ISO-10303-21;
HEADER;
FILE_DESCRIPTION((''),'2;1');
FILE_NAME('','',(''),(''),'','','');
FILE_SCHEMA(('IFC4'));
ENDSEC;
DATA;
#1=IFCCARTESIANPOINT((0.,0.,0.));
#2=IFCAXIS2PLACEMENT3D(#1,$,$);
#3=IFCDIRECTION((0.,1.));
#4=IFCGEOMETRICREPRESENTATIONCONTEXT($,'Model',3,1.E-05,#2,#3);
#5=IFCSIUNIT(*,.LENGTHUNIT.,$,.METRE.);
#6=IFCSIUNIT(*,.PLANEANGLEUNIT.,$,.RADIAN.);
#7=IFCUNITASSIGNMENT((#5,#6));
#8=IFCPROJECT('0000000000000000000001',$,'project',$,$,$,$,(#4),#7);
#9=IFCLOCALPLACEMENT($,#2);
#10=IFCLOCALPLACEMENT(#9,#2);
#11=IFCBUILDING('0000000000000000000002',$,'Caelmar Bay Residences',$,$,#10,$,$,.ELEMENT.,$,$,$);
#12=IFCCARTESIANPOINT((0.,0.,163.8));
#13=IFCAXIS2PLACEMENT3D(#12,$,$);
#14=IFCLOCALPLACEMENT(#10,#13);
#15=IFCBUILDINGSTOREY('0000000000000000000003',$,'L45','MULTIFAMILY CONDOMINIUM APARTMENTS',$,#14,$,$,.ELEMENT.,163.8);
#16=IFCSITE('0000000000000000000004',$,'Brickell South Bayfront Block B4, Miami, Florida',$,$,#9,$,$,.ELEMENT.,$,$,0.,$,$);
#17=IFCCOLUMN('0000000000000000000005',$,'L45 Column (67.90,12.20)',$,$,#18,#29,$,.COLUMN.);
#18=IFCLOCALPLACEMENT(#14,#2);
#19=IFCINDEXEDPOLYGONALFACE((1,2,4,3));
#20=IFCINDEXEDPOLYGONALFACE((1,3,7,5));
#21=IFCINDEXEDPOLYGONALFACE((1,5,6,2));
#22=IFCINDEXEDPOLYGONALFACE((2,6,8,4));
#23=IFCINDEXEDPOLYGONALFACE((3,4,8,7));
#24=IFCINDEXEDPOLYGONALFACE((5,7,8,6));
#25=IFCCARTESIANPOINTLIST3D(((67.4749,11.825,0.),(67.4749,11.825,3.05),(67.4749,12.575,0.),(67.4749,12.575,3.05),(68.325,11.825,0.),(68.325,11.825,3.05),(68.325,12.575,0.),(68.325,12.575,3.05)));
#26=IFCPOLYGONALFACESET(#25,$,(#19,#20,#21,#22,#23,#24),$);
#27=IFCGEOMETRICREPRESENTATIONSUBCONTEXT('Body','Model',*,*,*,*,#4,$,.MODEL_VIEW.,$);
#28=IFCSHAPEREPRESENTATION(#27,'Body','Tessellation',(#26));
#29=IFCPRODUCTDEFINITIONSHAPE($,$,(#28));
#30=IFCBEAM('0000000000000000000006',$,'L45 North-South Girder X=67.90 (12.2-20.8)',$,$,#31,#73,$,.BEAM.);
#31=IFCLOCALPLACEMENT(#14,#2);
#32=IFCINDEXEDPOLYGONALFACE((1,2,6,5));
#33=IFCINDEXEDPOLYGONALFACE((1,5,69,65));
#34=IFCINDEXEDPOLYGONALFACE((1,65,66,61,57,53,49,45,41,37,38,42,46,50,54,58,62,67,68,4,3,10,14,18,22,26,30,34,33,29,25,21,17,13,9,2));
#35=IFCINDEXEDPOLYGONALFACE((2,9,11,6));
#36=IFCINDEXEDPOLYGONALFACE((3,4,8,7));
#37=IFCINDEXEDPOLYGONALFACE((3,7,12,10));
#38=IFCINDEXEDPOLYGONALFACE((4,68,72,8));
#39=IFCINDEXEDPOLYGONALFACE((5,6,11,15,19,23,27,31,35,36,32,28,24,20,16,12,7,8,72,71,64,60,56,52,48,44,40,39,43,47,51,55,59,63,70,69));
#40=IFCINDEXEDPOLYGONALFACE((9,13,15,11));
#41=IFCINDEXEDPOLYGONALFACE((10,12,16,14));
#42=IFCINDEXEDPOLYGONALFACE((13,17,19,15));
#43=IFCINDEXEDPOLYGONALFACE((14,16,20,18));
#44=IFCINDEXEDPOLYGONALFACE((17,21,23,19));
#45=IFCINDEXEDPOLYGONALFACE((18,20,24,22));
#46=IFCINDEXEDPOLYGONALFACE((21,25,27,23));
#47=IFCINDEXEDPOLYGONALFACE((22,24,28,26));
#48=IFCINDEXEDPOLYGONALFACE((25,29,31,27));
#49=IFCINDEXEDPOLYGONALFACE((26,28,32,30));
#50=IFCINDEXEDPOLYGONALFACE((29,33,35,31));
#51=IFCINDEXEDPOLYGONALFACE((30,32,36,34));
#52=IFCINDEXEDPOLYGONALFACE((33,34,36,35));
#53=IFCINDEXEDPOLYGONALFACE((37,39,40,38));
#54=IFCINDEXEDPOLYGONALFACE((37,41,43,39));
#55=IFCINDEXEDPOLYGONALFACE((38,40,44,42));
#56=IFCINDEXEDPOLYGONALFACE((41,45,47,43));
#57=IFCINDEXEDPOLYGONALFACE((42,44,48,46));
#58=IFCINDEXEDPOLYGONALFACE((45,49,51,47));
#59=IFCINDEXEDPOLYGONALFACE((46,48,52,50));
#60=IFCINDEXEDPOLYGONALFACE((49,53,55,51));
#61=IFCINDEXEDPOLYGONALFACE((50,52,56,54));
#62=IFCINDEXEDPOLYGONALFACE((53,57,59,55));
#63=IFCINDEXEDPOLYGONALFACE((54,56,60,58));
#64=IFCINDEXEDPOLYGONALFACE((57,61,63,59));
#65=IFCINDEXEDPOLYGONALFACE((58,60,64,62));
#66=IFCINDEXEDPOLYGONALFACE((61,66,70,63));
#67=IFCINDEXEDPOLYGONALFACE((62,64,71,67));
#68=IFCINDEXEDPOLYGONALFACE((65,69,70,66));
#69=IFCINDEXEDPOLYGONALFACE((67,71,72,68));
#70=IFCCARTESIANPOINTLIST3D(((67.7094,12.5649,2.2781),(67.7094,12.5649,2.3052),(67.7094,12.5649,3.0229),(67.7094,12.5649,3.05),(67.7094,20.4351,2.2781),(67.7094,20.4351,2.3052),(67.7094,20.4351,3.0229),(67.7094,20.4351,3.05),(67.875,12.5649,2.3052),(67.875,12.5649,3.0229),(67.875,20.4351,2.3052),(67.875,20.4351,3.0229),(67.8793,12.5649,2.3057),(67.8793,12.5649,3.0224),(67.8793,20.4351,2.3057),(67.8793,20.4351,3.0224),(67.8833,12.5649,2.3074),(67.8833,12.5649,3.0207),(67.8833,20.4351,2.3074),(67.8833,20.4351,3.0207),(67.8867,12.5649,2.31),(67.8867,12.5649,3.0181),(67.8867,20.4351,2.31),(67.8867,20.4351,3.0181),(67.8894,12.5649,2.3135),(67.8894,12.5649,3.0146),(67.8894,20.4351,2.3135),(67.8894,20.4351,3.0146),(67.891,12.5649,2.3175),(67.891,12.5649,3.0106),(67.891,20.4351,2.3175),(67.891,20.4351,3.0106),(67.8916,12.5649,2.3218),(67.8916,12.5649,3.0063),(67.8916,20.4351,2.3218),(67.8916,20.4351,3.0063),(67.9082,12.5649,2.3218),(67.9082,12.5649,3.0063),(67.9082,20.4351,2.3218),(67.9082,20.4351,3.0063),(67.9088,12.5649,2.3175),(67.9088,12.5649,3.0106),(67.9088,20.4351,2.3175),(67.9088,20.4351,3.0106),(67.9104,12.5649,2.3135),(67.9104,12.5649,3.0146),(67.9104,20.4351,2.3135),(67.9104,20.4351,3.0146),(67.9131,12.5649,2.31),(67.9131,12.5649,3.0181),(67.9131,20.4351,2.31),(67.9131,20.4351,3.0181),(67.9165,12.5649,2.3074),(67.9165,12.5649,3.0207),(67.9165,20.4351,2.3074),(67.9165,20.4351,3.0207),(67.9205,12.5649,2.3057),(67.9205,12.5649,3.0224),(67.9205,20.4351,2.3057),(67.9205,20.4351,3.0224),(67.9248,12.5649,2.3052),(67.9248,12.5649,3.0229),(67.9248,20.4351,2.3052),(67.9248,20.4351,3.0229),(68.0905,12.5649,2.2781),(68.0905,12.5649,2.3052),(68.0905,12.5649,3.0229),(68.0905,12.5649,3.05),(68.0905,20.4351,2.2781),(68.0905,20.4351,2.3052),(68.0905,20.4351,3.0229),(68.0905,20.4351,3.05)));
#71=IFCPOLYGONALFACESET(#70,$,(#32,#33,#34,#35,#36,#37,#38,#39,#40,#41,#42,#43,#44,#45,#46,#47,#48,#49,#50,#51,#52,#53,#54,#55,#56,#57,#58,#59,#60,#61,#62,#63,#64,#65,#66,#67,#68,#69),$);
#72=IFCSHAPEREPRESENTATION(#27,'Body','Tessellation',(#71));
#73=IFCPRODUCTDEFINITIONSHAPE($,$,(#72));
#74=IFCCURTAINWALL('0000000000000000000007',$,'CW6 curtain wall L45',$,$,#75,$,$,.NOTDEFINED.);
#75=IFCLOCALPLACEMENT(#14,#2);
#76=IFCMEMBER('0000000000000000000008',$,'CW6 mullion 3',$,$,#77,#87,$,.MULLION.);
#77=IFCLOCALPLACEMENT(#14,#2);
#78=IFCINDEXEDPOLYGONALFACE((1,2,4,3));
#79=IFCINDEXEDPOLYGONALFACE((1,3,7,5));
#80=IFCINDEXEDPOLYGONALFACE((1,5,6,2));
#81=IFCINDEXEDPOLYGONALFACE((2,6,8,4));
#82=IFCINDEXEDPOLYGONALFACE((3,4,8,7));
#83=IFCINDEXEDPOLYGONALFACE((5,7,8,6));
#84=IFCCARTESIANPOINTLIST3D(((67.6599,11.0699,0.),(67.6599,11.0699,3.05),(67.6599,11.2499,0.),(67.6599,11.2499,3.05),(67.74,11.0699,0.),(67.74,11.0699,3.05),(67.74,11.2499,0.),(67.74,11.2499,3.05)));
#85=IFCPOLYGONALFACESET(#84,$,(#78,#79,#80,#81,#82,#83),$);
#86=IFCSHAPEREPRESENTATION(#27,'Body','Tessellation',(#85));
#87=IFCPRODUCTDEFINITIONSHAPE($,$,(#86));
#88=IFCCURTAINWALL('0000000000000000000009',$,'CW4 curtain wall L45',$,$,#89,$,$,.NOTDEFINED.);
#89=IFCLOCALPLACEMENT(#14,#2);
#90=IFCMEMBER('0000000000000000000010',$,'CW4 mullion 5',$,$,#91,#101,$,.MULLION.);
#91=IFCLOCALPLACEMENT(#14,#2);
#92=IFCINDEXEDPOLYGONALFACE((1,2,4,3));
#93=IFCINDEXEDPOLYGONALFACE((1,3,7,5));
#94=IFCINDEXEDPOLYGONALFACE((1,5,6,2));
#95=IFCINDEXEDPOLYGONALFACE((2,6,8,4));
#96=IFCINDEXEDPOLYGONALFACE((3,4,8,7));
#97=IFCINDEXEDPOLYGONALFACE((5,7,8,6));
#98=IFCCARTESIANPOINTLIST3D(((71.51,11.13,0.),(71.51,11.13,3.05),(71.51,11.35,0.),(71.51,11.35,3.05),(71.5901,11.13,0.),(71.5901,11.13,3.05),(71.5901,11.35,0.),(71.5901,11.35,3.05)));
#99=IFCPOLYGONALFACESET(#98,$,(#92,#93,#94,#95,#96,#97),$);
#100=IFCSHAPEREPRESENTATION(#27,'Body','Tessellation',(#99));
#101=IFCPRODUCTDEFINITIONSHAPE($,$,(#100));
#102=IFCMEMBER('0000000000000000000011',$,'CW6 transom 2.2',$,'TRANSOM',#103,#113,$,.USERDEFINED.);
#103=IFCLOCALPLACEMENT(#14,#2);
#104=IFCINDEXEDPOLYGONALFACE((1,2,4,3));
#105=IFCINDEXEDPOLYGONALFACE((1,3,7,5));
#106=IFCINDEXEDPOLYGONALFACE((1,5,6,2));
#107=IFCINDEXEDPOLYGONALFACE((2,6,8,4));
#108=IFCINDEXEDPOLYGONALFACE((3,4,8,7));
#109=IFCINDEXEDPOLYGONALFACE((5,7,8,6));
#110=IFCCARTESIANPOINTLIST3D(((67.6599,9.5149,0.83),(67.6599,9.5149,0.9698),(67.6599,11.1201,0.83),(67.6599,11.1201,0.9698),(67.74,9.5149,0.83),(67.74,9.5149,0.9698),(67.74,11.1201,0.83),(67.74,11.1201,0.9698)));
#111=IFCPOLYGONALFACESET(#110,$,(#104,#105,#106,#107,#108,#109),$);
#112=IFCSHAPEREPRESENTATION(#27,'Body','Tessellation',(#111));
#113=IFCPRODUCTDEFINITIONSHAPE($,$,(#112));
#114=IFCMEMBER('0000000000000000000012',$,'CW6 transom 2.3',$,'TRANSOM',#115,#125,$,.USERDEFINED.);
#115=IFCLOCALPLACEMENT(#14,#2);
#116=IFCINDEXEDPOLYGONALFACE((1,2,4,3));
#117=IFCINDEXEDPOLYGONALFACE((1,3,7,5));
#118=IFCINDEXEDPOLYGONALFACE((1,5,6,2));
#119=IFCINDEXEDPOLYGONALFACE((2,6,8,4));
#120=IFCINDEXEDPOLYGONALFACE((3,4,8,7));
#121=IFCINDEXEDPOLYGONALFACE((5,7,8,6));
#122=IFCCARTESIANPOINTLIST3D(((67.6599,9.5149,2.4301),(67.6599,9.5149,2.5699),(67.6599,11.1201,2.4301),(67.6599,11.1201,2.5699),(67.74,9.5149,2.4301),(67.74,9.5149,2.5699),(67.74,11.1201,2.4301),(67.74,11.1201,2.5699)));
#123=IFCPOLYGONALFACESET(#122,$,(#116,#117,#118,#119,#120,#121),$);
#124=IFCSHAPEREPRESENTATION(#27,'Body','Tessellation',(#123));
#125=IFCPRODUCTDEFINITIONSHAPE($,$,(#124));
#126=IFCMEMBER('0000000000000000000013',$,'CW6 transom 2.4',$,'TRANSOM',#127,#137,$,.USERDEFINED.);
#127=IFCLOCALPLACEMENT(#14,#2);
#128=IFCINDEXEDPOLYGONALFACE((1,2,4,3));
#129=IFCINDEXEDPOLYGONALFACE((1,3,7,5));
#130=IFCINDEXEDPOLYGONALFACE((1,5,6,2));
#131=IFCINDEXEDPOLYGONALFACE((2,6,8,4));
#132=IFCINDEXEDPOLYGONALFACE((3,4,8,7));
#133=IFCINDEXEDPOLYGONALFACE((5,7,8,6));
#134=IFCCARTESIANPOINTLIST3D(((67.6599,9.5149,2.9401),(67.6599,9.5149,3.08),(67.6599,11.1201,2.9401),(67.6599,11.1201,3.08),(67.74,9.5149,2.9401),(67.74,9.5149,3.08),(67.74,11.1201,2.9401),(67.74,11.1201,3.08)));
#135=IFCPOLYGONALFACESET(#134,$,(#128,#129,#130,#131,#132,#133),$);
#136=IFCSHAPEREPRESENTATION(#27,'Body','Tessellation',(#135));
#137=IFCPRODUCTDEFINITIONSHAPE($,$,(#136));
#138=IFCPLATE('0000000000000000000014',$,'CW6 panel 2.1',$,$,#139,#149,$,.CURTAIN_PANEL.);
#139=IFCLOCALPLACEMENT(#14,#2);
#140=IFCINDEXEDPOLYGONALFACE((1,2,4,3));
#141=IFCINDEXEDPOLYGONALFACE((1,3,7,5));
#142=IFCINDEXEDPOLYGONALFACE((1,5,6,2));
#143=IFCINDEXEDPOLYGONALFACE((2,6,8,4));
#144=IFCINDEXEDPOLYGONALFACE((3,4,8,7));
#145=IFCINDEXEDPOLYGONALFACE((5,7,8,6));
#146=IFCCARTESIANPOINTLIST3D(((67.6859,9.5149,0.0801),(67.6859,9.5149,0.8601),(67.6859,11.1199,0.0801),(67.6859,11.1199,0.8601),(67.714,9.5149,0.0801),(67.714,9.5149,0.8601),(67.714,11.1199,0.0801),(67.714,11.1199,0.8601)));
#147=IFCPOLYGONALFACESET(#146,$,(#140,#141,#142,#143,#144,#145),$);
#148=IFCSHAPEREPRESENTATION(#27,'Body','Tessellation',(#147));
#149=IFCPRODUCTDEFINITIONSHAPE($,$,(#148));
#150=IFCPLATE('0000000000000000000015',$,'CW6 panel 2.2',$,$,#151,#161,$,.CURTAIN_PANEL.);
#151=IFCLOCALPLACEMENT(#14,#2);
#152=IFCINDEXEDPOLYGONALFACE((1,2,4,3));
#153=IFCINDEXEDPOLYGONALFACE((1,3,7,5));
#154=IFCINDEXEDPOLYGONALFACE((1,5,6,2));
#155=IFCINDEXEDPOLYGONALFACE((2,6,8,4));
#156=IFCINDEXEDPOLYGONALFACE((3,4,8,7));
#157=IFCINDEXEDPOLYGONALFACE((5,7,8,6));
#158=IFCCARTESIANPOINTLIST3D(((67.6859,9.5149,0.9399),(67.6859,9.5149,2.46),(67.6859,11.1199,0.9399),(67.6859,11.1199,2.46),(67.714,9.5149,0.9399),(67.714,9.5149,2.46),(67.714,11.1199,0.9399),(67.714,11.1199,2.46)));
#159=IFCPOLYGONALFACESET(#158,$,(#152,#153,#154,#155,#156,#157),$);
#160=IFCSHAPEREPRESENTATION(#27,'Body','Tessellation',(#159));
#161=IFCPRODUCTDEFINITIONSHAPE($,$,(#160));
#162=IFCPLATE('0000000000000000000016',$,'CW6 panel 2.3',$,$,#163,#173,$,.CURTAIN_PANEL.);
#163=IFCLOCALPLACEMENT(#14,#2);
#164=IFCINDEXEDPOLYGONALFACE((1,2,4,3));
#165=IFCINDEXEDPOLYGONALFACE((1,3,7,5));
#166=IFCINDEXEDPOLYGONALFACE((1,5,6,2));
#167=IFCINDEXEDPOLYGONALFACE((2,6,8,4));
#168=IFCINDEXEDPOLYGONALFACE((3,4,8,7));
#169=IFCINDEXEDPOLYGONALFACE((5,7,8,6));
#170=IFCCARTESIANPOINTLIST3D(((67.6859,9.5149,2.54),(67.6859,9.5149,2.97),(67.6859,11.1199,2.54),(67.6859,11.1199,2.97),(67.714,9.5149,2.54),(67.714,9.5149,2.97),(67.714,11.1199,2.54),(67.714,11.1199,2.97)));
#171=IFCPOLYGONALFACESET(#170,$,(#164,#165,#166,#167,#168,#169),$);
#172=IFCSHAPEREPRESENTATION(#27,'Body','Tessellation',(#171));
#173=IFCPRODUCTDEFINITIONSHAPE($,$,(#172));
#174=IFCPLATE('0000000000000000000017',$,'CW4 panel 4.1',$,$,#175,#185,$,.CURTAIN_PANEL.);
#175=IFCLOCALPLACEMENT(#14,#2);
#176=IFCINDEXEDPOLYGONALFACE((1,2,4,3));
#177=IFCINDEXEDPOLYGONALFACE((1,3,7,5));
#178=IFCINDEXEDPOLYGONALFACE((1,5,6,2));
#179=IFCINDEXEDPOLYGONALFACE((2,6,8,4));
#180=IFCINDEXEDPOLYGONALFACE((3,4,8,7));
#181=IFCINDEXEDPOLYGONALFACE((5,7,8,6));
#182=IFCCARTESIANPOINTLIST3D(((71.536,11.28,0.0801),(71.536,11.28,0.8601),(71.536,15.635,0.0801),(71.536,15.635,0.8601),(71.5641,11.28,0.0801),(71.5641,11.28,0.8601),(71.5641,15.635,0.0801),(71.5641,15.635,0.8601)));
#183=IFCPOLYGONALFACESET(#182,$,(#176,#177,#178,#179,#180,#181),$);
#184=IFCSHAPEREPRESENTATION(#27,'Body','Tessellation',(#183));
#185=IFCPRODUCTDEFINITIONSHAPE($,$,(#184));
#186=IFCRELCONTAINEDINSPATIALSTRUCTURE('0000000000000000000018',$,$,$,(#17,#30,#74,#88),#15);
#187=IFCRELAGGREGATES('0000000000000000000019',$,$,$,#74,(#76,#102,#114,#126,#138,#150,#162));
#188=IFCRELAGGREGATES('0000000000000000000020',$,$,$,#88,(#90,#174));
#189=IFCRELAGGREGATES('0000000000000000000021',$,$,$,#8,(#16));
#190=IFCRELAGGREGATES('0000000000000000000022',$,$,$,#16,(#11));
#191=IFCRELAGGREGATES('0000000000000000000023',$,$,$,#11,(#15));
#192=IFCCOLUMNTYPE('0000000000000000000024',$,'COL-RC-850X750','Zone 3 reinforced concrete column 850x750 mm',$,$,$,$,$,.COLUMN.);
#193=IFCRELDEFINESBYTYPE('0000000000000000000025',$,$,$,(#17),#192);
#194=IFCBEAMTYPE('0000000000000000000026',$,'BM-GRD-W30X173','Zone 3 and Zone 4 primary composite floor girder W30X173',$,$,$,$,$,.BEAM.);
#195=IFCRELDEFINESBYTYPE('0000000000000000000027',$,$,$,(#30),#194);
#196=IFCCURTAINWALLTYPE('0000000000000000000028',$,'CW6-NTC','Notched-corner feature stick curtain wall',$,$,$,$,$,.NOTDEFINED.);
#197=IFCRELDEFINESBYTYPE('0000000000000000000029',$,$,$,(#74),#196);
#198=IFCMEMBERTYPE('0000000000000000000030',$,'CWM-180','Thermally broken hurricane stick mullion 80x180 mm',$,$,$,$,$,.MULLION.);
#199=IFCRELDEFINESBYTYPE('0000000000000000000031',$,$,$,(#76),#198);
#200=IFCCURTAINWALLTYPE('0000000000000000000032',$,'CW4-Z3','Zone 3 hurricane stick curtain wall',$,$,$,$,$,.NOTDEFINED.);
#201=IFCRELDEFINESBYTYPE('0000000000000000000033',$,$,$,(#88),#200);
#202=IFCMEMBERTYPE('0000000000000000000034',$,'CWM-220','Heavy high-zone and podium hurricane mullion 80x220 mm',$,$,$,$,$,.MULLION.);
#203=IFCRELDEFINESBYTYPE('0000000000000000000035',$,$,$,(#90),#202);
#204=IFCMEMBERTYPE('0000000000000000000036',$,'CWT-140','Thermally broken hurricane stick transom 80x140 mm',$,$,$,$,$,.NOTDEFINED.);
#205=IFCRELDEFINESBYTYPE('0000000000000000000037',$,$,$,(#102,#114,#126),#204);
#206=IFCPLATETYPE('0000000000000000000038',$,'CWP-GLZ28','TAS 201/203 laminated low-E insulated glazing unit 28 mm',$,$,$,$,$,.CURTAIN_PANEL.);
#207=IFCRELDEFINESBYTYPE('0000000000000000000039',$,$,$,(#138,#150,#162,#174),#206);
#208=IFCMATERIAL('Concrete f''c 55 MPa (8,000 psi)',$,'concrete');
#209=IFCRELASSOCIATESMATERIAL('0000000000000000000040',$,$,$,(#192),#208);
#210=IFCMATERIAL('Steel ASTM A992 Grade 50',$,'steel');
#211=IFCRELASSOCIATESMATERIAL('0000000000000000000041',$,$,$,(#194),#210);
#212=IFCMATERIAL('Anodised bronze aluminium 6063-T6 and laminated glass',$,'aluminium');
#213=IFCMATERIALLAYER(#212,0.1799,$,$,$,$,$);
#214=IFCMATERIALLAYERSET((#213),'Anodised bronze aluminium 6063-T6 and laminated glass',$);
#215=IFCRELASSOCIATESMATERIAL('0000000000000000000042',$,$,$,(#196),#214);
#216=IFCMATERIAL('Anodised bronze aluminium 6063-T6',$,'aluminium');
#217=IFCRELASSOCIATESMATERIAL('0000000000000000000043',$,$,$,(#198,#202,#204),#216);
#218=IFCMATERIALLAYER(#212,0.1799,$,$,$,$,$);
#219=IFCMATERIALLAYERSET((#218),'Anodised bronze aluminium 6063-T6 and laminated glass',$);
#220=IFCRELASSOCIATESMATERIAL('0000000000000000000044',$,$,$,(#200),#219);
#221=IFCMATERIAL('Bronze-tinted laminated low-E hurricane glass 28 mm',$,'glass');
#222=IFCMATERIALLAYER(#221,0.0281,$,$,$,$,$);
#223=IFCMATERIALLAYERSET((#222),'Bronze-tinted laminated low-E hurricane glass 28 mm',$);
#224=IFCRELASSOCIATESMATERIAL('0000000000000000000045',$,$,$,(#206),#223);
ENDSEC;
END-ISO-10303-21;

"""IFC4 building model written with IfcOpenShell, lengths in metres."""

from ifc_helpers import new_model, si_unit, direction, frame, origin, origin_2d, place, context, subcontext, project, spatial, rectangle, i_section, extrude, material, layer, layer_set, material_profile, profile_set, type_object, element, aggregate, save


model = new_model("IFC4")

# Units and contexts
model_context = context("Model", 3, precision=1e-05, world=origin(), true_north=direction((0.0, 1.0)))
body_context = subcontext(model_context, "Body", "Model", "MODEL_VIEW")
ifc_project = project(units=[si_unit("LENGTHUNIT", "METRE"), si_unit("PLANEANGLEUNIT", "RADIAN")], contexts=[model_context])

# Site, building, storey
site_placement = place(None, origin())
site = spatial("IfcSite", under=ifc_project, at=site_placement, Name="Brickell South Bayfront Block B4, Miami, Florida", CompositionType="ELEMENT", RefElevation=0.0)
building_placement = place(site_placement, origin())
building = spatial("IfcBuilding", under=site, at=building_placement, Name="Caelmar Bay Residences", CompositionType="ELEMENT")
storey_placement = place(building_placement, frame((0.0, 0.0, 163.8)))
storey = spatial("IfcBuildingStorey", under=building, at=storey_placement, Name="L45", Description="MULTIFAMILY CONDOMINIUM APARTMENTS", CompositionType="ELEMENT", Elevation=163.8)

# Column
ifc_material_1 = material(Name="Concrete f'c 55 MPa (8,000 psi)", Category="concrete")
ifc_material_profile_1 = material_profile(ifc_material_1, rectangle(XDim=0.8501, YDim=0.75, at=origin_2d()), Name="RC-COL-850X750")
ifc_profile_set_1 = profile_set([ifc_material_profile_1], Name="Concrete f'c 55 MPa (8,000 psi)")
column_type = type_object("IfcColumnType", Name="COL-RC-850X750", Description="Zone 3 reinforced concrete column 850x750 mm", PredefinedType="COLUMN", material=ifc_profile_set_1)
column_placement = place(storey_placement, frame((67.8999, 12.2, 0.0), z_axis=(0.0, 0.0, 1.0), x_axis=(1.0, 0.0, 0.0)))
element("IfcColumn", 1, at=column_placement, inside=storey, type_object=column_type, Name="L45 Column (67.90,12.20)", PredefinedType="COLUMN", context=body_context, shape_type="SweptSolid", body=[
    extrude(rectangle(XDim=0.8501, YDim=0.75, at=origin_2d()), origin(), (0.0, 0.0, 1.0), 3.05),
])

# Beam
ifc_material_2 = material(Name="Steel ASTM A992 Grade 50", Category="steel")
ifc_material_profile_2 = material_profile(ifc_material_2, i_section(OverallWidth=0.3811, OverallDepth=0.772, WebThickness=0.0166, FlangeThickness=0.0271, FilletRadius=0.0166, at=origin_2d()), Name="W30X173")
ifc_profile_set_2 = profile_set([ifc_material_profile_2], Name="Steel ASTM A992 Grade 50")
beam_type = type_object("IfcBeamType", Name="BM-GRD-W30X173", Description="Zone 3 and Zone 4 primary composite floor girder W30X173", PredefinedType="BEAM", material=ifc_profile_set_2)
beam_placement = place(storey_placement, frame((67.8999, 12.5649, 2.6641), z_axis=(0.0, 1.0, 0.0), x_axis=(-1.0, 0.0, 0.0)))
element("IfcBeam", 2, at=beam_placement, inside=storey, type_object=beam_type, Name="L45 North-South Girder X=67.90 (12.2-20.8)", PredefinedType="BEAM", context=body_context, shape_type="SweptSolid", body=[
    extrude(i_section(OverallWidth=0.3811, OverallDepth=0.772, WebThickness=0.0166, FlangeThickness=0.0271, FilletRadius=0.0166, at=origin_2d()), origin(), (0.0, 0.0, 1.0), 7.8701),
])

# Curtain walls, members
ifc_material_3 = material(Name="Anodised bronze aluminium 6063-T6 and laminated glass", Category="aluminium")
ifc_layer_1 = layer(ifc_material_3, 0.1799)
ifc_layer_set_1 = layer_set([ifc_layer_1], Name="Anodised bronze aluminium 6063-T6 and laminated glass")
curtain_wall_type_1 = type_object("IfcCurtainWallType", Name="CW6-NTC", Description="Notched-corner feature stick curtain wall", PredefinedType="NOTDEFINED", material=ifc_layer_set_1)
curtain_wall_1_placement = place(storey_placement, origin())
curtain_wall_1 = element("IfcCurtainWall", 3, at=curtain_wall_1_placement, inside=storey, type_object=curtain_wall_type_1, Name="CW6 curtain wall L45", PredefinedType="NOTDEFINED")
ifc_material_4 = material(Name="Anodised bronze aluminium 6063-T6", Category="aluminium")
ifc_material_profile_3 = material_profile(ifc_material_4, rectangle(XDim=0.0801, YDim=0.1799, at=origin_2d()), Name="CWM-80X180")
ifc_profile_set_3 = profile_set([ifc_material_profile_3], Name="Anodised bronze aluminium 6063-T6")
member_type_1 = type_object("IfcMemberType", Name="CWM-180", Description="Thermally broken hurricane stick mullion 80x180 mm", PredefinedType="MULLION", material=ifc_profile_set_3)
member_1_placement = place(storey_placement, frame((67.7, 11.1599, 0.0), z_axis=(0.0, 0.0, 1.0), x_axis=(-1.0, 0.0, 0.0)))
member_1 = element("IfcMember", 4, at=member_1_placement, type_object=member_type_1, Name="CW6 mullion 3", PredefinedType="MULLION", context=body_context, shape_type="SweptSolid", body=[
    extrude(rectangle(XDim=0.0801, YDim=0.1799, at=origin_2d()), origin(), (0.0, 0.0, 1.0), 3.05),
])
ifc_layer_2 = layer(ifc_material_3, 0.1799)
ifc_layer_set_2 = layer_set([ifc_layer_2], Name="Anodised bronze aluminium 6063-T6 and laminated glass")
curtain_wall_type_2 = type_object("IfcCurtainWallType", Name="CW4-Z3", Description="Zone 3 hurricane stick curtain wall", PredefinedType="NOTDEFINED", material=ifc_layer_set_2)
curtain_wall_2_placement = place(storey_placement, origin())
curtain_wall_2 = element("IfcCurtainWall", 5, at=curtain_wall_2_placement, inside=storey, type_object=curtain_wall_type_2, Name="CW4 curtain wall L45", PredefinedType="NOTDEFINED")
ifc_material_profile_4 = material_profile(ifc_material_4, rectangle(XDim=0.0801, YDim=0.22, at=origin_2d()), Name="CWM-80X220")
ifc_profile_set_4 = profile_set([ifc_material_profile_4], Name="Anodised bronze aluminium 6063-T6")
member_type_2 = type_object("IfcMemberType", Name="CWM-220", Description="Heavy high-zone and podium hurricane mullion 80x220 mm", PredefinedType="MULLION", material=ifc_profile_set_4)
member_2_placement = place(storey_placement, frame((71.55, 11.24, 0.0), z_axis=(0.0, 0.0, 1.0), x_axis=(1.0, 0.0, 0.0)))
member_2 = element("IfcMember", 6, at=member_2_placement, type_object=member_type_2, Name="CW4 mullion 5", PredefinedType="MULLION", context=body_context, shape_type="SweptSolid", body=[
    extrude(rectangle(XDim=0.0801, YDim=0.22, at=origin_2d()), origin(), (0.0, 0.0, 1.0), 3.05),
])

# Members
ifc_material_profile_5 = material_profile(ifc_material_4, rectangle(XDim=0.0801, YDim=0.1399, at=origin_2d()), Name="CWT-80X140")
ifc_profile_set_5 = profile_set([ifc_material_profile_5], Name="Anodised bronze aluminium 6063-T6")
member_type_3 = type_object("IfcMemberType", Name="CWT-140", Description="Thermally broken hurricane stick transom 80x140 mm", PredefinedType="NOTDEFINED", material=ifc_profile_set_5)
member_3_placement = place(storey_placement, frame((67.7, 9.5149, 0.8999), z_axis=(0.0, 1.0, 0.0), x_axis=(-1.0, 0.0, 0.0)))
member_3 = element("IfcMember", 7, at=member_3_placement, type_object=member_type_3, Name="CW6 transom 2.2", ObjectType="TRANSOM", PredefinedType="USERDEFINED", context=body_context, shape_type="SweptSolid", body=[
    extrude(rectangle(XDim=0.0801, YDim=0.1399, at=origin_2d()), origin(), (0.0, 0.0, 1.0), 1.6052),
])
member_4_placement = place(storey_placement, frame((67.7, 9.5149, 2.5), z_axis=(0.0, 1.0, 0.0), x_axis=(-1.0, 0.0, 0.0)))
member_4 = element("IfcMember", 8, at=member_4_placement, type_object=member_type_3, Name="CW6 transom 2.3", ObjectType="TRANSOM", PredefinedType="USERDEFINED", context=body_context, shape_type="SweptSolid", body=[
    extrude(rectangle(XDim=0.0801, YDim=0.1399, at=origin_2d()), origin(), (0.0, 0.0, 1.0), 1.6052),
])
member_5_placement = place(storey_placement, frame((67.7, 9.5149, 3.01), z_axis=(0.0, 1.0, 0.0), x_axis=(-1.0, 0.0, 0.0)))
member_5 = element("IfcMember", 9, at=member_5_placement, type_object=member_type_3, Name="CW6 transom 2.4", ObjectType="TRANSOM", PredefinedType="USERDEFINED", context=body_context, shape_type="SweptSolid", body=[
    extrude(rectangle(XDim=0.0801, YDim=0.1399, at=origin_2d()), origin(), (0.0, 0.0, 1.0), 1.6052),
])

# Plates
ifc_material_5 = material(Name="Bronze-tinted laminated low-E hurricane glass 28 mm", Category="glass")
ifc_layer_3 = layer(ifc_material_5, 0.0281)
ifc_layer_set_3 = layer_set([ifc_layer_3], Name="Bronze-tinted laminated low-E hurricane glass 28 mm")
plate_type = type_object("IfcPlateType", Name="CWP-GLZ28", Description="TAS 201/203 laminated low-E insulated glazing unit 28 mm", PredefinedType="CURTAIN_PANEL", material=ifc_layer_set_3)
plate_1_placement = place(storey_placement, frame((67.7, 10.3174, 0.0801), z_axis=(0.0, 0.0, 1.0), x_axis=(0.0, 1.0, 0.0)))
plate_1 = element("IfcPlate", 10, at=plate_1_placement, type_object=plate_type, Name="CW6 panel 2.1", PredefinedType="CURTAIN_PANEL", context=body_context, shape_type="SweptSolid", body=[
    extrude(rectangle(XDim=1.605, YDim=0.0281, at=origin_2d()), origin(), (0.0, 0.0, 1.0), 0.78),
])
plate_2_placement = place(storey_placement, frame((67.7, 10.3174, 0.9399), z_axis=(0.0, 0.0, 1.0), x_axis=(0.0, 1.0, 0.0)))
plate_2 = element("IfcPlate", 11, at=plate_2_placement, type_object=plate_type, Name="CW6 panel 2.2", PredefinedType="CURTAIN_PANEL", context=body_context, shape_type="SweptSolid", body=[
    extrude(rectangle(XDim=1.605, YDim=0.0281, at=origin_2d()), origin(), (0.0, 0.0, 1.0), 1.52),
])
plate_3_placement = place(storey_placement, frame((67.7, 10.3174, 2.54), z_axis=(0.0, 0.0, 1.0), x_axis=(0.0, 1.0, 0.0)))
plate_3 = element("IfcPlate", 12, at=plate_3_placement, type_object=plate_type, Name="CW6 panel 2.3", PredefinedType="CURTAIN_PANEL", context=body_context, shape_type="SweptSolid", body=[
    extrude(rectangle(XDim=1.605, YDim=0.0281, at=origin_2d()), origin(), (0.0, 0.0, 1.0), 0.4299),
])
aggregate(curtain_wall_1, [member_1, member_3, member_4, member_5, plate_1, plate_2, plate_3])
plate_4_placement = place(storey_placement, frame((71.55, 13.4575, 0.0801), z_axis=(0.0, 0.0, 1.0), x_axis=(0.0, -1.0, 0.0)))
plate_4 = element("IfcPlate", 13, at=plate_4_placement, type_object=plate_type, Name="CW4 panel 4.1", PredefinedType="CURTAIN_PANEL", context=body_context, shape_type="SweptSolid", body=[
    extrude(rectangle(XDim=4.355, YDim=0.0281, at=origin_2d()), origin(), (0.0, 0.0, 1.0), 0.78),
])
aggregate(curtain_wall_2, [member_2, plate_4])

save(model, "model.ifc")
